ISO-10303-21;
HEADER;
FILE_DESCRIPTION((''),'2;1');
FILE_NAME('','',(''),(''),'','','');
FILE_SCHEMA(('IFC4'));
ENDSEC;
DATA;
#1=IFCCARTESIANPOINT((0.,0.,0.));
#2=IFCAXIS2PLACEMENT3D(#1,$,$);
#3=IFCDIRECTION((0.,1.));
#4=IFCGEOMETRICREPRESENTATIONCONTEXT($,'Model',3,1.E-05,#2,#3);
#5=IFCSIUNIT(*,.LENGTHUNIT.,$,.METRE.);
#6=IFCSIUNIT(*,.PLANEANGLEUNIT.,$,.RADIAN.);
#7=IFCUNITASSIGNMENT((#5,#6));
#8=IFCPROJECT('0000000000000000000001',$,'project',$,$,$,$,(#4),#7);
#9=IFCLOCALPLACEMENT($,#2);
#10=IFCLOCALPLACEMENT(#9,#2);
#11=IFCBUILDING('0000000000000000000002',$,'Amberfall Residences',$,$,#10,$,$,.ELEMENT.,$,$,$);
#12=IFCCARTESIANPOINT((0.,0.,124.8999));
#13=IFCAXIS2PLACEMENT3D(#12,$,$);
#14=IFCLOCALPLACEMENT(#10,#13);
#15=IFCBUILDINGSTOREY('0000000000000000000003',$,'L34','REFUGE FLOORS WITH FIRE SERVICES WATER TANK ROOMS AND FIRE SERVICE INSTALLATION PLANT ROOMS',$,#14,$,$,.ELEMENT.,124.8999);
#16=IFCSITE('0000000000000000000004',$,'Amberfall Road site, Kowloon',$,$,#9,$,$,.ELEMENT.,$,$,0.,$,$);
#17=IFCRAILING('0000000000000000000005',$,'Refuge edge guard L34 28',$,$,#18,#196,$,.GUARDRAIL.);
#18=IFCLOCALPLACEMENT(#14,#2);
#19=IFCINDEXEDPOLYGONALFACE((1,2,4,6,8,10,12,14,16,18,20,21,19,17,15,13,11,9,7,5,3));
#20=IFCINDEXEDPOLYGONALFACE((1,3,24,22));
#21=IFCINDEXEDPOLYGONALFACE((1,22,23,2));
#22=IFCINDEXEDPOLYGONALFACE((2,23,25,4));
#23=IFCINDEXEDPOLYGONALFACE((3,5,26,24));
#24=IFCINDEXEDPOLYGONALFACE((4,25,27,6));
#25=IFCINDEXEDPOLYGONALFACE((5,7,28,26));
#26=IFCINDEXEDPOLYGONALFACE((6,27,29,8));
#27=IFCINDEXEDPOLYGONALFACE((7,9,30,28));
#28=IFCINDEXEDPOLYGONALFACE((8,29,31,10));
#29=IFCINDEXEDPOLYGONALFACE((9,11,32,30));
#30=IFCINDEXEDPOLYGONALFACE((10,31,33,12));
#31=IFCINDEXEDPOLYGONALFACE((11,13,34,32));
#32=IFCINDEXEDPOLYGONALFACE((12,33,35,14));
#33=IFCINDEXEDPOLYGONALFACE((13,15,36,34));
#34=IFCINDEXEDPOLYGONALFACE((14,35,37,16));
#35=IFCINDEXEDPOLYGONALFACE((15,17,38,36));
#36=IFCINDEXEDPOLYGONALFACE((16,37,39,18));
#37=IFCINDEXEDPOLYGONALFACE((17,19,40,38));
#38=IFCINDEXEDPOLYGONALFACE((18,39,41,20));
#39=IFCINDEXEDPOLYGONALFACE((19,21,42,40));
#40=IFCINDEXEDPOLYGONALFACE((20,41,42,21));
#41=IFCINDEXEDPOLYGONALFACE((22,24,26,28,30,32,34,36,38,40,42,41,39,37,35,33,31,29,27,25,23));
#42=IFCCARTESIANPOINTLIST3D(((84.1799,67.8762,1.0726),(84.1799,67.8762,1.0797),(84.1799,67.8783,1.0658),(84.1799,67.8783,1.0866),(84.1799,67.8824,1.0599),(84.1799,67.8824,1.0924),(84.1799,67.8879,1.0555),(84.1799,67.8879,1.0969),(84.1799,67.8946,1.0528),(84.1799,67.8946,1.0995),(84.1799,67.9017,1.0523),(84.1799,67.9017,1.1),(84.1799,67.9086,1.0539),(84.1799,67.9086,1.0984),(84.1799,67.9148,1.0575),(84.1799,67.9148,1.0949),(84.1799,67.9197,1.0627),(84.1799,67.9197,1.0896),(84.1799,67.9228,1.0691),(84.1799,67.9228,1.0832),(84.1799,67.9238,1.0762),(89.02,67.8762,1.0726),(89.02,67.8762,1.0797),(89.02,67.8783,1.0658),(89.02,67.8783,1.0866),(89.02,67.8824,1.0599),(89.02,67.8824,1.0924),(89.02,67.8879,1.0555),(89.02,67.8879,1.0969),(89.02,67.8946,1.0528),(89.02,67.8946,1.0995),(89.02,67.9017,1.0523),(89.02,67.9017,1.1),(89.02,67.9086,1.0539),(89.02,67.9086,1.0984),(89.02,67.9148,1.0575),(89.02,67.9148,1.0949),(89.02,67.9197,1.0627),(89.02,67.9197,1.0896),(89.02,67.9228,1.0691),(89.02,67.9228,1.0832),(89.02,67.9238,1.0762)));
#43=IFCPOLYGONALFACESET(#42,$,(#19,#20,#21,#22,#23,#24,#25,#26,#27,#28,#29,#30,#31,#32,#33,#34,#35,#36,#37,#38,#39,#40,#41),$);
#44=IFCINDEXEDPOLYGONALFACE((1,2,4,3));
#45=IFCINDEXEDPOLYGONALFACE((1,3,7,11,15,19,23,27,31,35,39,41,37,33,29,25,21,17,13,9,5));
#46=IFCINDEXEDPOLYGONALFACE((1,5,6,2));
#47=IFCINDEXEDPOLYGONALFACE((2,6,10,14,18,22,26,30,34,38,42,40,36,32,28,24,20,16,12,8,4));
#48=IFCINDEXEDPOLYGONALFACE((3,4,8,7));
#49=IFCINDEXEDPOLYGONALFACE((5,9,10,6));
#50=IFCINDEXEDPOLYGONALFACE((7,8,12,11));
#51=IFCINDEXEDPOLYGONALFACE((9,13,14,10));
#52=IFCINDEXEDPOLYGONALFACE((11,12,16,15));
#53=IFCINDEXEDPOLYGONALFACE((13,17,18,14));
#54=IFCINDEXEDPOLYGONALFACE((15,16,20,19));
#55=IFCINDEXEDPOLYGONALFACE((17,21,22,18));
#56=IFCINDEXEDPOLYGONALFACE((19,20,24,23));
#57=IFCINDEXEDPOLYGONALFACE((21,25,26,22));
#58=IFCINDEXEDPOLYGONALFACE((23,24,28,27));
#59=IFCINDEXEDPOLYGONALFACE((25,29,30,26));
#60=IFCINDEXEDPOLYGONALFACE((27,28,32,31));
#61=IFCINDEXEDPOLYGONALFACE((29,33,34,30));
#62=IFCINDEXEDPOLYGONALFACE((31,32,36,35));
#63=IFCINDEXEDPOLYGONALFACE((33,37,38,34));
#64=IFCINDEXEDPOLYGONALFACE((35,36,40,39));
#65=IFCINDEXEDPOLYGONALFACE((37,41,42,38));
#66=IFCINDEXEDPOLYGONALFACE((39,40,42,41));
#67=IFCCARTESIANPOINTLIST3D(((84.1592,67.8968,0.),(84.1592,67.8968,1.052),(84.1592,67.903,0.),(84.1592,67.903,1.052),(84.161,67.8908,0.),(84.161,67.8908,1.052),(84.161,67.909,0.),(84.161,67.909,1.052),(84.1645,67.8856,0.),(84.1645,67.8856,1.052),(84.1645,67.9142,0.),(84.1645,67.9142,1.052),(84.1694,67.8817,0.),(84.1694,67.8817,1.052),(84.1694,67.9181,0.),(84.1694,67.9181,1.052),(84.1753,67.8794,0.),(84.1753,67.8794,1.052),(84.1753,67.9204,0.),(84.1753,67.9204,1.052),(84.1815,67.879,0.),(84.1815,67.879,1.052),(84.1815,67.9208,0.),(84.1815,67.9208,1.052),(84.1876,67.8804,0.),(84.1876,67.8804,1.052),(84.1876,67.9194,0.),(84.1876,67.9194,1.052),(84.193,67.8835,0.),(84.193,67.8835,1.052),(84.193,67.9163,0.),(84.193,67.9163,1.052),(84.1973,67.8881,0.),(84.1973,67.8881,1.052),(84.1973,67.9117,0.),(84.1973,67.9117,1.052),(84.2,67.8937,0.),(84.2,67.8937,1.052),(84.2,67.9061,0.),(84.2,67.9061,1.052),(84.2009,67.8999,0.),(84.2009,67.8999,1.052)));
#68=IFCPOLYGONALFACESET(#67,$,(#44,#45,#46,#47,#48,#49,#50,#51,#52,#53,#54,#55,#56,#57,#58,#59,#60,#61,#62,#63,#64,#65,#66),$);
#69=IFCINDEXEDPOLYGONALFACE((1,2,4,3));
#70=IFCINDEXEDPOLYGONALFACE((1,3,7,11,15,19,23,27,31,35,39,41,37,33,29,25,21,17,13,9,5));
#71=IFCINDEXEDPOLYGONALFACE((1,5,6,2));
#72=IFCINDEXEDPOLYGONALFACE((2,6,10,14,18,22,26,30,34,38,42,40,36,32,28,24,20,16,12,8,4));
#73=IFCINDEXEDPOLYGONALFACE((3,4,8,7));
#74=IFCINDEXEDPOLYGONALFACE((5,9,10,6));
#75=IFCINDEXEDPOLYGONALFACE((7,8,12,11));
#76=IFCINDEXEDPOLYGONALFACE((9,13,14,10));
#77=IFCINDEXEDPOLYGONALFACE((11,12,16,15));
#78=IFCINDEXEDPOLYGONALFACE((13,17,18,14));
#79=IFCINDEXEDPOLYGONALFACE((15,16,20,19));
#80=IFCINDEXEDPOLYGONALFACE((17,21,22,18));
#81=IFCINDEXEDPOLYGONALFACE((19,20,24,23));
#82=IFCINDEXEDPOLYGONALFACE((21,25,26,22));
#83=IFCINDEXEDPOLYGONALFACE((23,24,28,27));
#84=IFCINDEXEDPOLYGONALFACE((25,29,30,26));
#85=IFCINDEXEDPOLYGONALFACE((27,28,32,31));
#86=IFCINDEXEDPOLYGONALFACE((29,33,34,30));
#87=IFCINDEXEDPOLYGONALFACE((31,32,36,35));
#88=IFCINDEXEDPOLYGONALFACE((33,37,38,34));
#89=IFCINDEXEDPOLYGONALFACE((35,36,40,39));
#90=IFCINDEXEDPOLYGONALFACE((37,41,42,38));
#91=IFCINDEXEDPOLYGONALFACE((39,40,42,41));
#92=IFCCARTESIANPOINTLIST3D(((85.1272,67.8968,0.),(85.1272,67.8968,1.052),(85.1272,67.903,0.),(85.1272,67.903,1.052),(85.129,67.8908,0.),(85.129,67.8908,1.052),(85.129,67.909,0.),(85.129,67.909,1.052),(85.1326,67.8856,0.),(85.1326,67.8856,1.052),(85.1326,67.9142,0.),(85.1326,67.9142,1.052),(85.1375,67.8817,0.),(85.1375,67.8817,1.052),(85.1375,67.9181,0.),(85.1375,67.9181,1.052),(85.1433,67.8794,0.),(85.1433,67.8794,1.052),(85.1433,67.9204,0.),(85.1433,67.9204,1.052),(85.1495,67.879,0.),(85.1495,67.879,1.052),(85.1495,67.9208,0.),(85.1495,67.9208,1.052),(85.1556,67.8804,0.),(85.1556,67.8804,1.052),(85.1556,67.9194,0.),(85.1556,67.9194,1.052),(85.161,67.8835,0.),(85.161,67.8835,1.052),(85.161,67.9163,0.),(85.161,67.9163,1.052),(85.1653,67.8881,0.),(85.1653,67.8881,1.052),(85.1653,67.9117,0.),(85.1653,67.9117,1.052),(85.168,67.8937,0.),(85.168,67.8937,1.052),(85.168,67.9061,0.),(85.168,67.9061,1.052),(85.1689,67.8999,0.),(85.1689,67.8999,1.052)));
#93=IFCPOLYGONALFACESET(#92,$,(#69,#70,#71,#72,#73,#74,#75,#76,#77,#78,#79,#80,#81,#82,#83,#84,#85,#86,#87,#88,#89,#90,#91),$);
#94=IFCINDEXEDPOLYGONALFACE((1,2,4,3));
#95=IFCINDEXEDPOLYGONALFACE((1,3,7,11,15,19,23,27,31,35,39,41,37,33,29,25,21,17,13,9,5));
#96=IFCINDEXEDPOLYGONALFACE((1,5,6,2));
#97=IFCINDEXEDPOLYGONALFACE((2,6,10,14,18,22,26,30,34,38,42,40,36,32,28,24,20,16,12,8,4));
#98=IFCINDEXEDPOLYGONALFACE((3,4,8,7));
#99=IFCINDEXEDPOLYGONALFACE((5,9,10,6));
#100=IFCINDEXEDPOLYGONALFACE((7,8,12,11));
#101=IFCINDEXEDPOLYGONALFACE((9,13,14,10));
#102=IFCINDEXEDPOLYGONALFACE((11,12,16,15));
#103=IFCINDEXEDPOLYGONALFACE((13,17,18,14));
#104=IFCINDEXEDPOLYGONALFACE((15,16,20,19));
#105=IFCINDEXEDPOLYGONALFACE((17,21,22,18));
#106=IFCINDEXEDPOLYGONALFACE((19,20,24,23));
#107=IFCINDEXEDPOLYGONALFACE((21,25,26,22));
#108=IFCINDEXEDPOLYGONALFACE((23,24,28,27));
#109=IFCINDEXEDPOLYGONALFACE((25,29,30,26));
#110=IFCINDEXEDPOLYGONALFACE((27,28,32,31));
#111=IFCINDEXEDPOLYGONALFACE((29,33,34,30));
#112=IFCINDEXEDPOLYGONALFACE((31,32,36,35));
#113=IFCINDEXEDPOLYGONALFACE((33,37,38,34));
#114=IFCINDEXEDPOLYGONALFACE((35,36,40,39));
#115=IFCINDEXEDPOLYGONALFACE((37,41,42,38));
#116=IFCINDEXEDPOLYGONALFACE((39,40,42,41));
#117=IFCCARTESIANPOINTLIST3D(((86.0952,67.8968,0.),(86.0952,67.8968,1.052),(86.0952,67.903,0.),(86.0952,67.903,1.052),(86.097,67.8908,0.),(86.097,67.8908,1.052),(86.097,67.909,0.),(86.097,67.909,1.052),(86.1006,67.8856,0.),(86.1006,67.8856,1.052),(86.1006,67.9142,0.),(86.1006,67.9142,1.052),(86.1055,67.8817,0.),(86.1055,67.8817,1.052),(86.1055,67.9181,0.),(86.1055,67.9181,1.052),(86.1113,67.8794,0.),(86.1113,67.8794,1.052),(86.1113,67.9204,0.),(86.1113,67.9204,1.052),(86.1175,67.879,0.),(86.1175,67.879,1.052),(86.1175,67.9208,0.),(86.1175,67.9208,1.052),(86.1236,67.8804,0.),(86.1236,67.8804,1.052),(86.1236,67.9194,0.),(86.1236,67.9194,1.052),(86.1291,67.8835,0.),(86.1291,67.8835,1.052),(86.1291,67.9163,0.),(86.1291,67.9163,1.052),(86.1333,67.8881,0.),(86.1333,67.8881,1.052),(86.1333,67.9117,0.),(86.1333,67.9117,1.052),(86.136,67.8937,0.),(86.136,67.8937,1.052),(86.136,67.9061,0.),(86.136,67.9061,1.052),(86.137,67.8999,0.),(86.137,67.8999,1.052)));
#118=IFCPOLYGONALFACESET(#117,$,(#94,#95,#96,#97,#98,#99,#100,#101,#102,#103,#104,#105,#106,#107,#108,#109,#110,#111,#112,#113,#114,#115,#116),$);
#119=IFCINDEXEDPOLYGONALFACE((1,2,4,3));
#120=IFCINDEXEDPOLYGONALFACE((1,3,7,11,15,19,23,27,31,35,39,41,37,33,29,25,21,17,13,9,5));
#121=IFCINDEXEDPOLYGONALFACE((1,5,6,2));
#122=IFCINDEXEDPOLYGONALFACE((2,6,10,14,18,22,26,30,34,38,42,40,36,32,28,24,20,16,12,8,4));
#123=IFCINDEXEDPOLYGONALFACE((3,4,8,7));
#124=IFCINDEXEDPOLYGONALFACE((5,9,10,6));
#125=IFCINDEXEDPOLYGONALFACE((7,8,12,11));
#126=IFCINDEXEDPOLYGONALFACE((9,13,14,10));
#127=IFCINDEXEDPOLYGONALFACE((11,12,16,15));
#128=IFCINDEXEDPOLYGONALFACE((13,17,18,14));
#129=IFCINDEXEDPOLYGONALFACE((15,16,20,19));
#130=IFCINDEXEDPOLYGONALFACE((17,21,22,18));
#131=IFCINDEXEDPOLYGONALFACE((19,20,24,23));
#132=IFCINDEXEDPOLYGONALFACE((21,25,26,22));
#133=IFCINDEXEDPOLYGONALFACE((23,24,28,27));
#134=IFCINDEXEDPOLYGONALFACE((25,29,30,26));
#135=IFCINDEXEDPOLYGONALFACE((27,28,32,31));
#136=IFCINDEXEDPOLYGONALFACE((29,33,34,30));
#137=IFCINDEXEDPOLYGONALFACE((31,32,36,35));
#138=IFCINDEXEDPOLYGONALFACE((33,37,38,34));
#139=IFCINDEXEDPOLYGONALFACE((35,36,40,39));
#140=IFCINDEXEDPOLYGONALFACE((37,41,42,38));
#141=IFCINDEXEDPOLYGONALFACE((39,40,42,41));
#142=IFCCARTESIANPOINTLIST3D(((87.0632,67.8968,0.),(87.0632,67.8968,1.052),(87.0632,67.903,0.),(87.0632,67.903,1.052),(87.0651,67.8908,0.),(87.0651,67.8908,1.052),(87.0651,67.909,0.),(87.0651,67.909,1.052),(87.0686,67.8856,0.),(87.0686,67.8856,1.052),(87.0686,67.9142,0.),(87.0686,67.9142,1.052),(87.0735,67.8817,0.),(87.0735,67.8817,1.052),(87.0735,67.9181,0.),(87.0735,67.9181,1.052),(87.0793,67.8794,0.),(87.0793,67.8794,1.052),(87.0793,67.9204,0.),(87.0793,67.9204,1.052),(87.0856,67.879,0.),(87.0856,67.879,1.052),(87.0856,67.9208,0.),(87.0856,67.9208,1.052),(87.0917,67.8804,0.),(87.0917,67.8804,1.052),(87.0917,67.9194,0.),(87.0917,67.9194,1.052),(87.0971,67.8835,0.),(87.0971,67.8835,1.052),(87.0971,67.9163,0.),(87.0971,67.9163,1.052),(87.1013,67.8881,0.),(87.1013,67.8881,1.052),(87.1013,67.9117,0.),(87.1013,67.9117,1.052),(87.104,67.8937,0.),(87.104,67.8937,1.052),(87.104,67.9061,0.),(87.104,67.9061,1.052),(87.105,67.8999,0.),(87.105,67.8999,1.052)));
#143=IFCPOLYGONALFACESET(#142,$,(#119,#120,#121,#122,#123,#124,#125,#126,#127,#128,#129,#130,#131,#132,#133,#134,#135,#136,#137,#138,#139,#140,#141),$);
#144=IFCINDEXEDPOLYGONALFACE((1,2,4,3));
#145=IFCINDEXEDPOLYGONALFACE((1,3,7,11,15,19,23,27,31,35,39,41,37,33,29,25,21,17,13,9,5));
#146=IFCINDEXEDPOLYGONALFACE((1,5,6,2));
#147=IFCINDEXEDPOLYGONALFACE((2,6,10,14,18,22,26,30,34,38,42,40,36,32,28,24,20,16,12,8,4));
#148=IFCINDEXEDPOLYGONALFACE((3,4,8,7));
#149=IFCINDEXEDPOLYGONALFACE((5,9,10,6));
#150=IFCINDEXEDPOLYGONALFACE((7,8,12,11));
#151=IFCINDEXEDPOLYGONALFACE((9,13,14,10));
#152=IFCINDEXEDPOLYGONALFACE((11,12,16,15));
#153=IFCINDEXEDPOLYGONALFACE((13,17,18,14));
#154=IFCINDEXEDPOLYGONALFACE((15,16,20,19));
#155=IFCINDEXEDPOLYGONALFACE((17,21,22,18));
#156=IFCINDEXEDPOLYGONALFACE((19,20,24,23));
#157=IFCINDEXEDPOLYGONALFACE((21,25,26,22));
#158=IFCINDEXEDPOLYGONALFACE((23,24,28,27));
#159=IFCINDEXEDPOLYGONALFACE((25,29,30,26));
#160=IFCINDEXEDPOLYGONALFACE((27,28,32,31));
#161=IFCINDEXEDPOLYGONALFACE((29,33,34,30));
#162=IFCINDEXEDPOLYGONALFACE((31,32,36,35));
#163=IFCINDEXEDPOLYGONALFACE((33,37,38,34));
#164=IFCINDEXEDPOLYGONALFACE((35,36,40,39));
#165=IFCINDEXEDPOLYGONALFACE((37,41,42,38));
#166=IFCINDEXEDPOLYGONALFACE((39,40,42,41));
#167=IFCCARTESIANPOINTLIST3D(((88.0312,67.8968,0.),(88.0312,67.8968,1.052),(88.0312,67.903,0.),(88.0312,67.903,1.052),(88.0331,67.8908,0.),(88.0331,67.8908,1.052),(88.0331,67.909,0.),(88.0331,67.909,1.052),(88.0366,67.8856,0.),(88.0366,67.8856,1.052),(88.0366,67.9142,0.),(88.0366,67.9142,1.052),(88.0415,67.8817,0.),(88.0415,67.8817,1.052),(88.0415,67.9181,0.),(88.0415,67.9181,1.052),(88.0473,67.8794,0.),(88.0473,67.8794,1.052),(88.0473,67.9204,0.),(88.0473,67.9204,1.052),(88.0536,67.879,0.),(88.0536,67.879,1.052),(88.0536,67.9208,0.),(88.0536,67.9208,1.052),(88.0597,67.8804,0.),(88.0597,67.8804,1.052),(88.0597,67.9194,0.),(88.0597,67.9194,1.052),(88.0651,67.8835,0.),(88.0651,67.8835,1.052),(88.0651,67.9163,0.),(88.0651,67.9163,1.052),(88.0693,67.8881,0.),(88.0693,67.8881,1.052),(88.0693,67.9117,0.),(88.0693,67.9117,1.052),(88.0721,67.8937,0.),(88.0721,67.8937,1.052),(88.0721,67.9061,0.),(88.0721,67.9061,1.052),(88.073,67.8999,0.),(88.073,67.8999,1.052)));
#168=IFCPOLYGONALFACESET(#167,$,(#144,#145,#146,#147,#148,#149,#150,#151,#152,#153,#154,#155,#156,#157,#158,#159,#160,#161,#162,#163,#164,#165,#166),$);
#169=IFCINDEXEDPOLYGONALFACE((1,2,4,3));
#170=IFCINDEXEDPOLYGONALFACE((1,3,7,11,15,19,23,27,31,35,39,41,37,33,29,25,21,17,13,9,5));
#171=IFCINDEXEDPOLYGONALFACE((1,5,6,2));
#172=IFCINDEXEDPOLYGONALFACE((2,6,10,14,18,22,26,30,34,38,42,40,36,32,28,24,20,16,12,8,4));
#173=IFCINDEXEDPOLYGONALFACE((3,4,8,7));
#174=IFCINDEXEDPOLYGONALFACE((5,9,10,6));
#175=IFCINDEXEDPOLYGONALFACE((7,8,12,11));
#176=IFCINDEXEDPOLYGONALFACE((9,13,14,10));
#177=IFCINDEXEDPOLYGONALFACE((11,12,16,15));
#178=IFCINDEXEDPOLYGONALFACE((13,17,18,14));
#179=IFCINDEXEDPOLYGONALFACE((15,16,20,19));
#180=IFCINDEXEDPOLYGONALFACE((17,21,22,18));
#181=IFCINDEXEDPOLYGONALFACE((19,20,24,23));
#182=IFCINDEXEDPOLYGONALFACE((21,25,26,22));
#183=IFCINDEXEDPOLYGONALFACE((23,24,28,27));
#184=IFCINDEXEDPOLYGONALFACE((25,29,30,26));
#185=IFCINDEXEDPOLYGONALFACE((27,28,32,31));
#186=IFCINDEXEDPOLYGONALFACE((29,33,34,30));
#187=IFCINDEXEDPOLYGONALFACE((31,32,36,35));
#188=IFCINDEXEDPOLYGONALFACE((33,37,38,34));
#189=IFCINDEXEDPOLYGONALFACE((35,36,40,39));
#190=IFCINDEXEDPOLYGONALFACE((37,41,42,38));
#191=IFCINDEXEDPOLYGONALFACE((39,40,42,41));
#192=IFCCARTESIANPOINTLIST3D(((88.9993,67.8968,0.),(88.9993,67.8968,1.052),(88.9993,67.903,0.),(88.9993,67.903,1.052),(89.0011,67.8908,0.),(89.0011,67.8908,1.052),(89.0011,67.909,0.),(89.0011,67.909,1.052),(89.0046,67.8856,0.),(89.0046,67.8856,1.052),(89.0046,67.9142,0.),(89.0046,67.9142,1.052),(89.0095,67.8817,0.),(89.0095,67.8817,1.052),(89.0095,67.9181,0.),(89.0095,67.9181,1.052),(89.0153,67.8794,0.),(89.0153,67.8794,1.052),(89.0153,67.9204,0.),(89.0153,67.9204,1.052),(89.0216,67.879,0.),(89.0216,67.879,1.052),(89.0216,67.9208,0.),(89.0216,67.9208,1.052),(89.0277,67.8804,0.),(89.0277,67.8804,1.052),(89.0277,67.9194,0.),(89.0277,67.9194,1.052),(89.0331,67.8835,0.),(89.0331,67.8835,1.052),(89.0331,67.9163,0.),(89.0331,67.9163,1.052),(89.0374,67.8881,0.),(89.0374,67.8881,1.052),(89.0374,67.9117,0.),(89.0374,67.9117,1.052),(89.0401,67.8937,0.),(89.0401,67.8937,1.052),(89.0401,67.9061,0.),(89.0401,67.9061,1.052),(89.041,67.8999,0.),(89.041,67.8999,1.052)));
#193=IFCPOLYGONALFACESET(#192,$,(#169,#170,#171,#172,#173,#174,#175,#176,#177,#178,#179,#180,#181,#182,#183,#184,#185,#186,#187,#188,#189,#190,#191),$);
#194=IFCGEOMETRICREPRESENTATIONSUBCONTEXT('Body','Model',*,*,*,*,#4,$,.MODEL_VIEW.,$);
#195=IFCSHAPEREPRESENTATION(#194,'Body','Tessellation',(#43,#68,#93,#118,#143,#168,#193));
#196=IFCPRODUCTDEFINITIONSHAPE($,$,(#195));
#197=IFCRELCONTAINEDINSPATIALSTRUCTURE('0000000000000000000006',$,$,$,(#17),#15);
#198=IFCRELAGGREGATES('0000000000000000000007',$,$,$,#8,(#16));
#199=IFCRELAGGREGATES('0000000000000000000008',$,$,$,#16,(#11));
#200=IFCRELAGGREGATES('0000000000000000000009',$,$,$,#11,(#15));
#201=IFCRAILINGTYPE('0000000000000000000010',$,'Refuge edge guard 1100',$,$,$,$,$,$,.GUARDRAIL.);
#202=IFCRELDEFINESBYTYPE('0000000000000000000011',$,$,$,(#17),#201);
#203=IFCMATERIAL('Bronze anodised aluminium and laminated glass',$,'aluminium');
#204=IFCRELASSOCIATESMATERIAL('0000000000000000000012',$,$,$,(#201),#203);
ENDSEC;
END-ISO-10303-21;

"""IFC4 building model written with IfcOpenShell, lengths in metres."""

from ifc_helpers import new_model, si_unit, direction, frame, origin, origin_2d, place, context, subcontext, project, spatial, circle, extrude, material, type_object, element, save


model = new_model("IFC4")

# Units and contexts
model_context = context("Model", 3, precision=1e-05, world=origin(), true_north=direction((0.0, 1.0)))
body_context = subcontext(model_context, "Body", "Model", "MODEL_VIEW")
ifc_project = project(units=[si_unit("LENGTHUNIT", "METRE"), si_unit("PLANEANGLEUNIT", "RADIAN")], contexts=[model_context])

# Site, building, storey
site_placement = place(None, origin())
site = spatial("IfcSite", under=ifc_project, at=site_placement, Name="Amberfall Road site, Kowloon", CompositionType="ELEMENT", RefElevation=0.0)
building_placement = place(site_placement, origin())
building = spatial("IfcBuilding", under=site, at=building_placement, Name="Amberfall Residences", CompositionType="ELEMENT")
storey_placement = place(building_placement, frame((0.0, 0.0, 124.8999)))
storey = spatial("IfcBuildingStorey", under=building, at=storey_placement, Name="L34", Description="REFUGE FLOORS WITH FIRE SERVICES WATER TANK ROOMS AND FIRE SERVICE INSTALLATION PLANT ROOMS", CompositionType="ELEMENT", Elevation=124.8999)

# Railing
ifc_material_1 = material(Name="Bronze anodised aluminium and laminated glass", Category="aluminium")
railing_type = type_object("IfcRailingType", Name="Refuge edge guard 1100", PredefinedType="GUARDRAIL", material=ifc_material_1)
railing_1_placement = place(storey_placement, frame((84.1799, 67.8999, 0.0)))
element("IfcRailing", 1, at=railing_1_placement, inside=storey, type_object=railing_type, Name="Refuge edge guard L34 28", PredefinedType="GUARDRAIL", context=body_context, shape_type="SweptSolid", body=[
    extrude(circle(Radius=0.0239, at=origin_2d()), frame((0.0, 0.0, 1.0762), z_axis=(1.0, 0.0, 0.0), x_axis=(0.0, 1.0, 0.0)), (0.0, 0.0, 1.0), 4.8401),
    extrude(circle(Radius=0.021, at=origin_2d()), origin(), (0.0, 0.0, 1.0), 1.052),
    extrude(circle(Radius=0.021, at=origin_2d()), frame((0.968, 0.0, 0.0)), (0.0, 0.0, 1.0), 1.052),
    extrude(circle(Radius=0.021, at=origin_2d()), frame((1.936, 0.0, 0.0)), (0.0, 0.0, 1.0), 1.052),
    extrude(circle(Radius=0.021, at=origin_2d()), frame((2.9041, 0.0, 0.0)), (0.0, 0.0, 1.0), 1.052),
    extrude(circle(Radius=0.021, at=origin_2d()), frame((3.8721, 0.0, 0.0)), (0.0, 0.0, 1.0), 1.052),
    extrude(circle(Radius=0.021, at=origin_2d()), frame((4.8401, 0.0, 0.0)), (0.0, 0.0, 1.0), 1.052),
])

save(model, "model.ifc")
